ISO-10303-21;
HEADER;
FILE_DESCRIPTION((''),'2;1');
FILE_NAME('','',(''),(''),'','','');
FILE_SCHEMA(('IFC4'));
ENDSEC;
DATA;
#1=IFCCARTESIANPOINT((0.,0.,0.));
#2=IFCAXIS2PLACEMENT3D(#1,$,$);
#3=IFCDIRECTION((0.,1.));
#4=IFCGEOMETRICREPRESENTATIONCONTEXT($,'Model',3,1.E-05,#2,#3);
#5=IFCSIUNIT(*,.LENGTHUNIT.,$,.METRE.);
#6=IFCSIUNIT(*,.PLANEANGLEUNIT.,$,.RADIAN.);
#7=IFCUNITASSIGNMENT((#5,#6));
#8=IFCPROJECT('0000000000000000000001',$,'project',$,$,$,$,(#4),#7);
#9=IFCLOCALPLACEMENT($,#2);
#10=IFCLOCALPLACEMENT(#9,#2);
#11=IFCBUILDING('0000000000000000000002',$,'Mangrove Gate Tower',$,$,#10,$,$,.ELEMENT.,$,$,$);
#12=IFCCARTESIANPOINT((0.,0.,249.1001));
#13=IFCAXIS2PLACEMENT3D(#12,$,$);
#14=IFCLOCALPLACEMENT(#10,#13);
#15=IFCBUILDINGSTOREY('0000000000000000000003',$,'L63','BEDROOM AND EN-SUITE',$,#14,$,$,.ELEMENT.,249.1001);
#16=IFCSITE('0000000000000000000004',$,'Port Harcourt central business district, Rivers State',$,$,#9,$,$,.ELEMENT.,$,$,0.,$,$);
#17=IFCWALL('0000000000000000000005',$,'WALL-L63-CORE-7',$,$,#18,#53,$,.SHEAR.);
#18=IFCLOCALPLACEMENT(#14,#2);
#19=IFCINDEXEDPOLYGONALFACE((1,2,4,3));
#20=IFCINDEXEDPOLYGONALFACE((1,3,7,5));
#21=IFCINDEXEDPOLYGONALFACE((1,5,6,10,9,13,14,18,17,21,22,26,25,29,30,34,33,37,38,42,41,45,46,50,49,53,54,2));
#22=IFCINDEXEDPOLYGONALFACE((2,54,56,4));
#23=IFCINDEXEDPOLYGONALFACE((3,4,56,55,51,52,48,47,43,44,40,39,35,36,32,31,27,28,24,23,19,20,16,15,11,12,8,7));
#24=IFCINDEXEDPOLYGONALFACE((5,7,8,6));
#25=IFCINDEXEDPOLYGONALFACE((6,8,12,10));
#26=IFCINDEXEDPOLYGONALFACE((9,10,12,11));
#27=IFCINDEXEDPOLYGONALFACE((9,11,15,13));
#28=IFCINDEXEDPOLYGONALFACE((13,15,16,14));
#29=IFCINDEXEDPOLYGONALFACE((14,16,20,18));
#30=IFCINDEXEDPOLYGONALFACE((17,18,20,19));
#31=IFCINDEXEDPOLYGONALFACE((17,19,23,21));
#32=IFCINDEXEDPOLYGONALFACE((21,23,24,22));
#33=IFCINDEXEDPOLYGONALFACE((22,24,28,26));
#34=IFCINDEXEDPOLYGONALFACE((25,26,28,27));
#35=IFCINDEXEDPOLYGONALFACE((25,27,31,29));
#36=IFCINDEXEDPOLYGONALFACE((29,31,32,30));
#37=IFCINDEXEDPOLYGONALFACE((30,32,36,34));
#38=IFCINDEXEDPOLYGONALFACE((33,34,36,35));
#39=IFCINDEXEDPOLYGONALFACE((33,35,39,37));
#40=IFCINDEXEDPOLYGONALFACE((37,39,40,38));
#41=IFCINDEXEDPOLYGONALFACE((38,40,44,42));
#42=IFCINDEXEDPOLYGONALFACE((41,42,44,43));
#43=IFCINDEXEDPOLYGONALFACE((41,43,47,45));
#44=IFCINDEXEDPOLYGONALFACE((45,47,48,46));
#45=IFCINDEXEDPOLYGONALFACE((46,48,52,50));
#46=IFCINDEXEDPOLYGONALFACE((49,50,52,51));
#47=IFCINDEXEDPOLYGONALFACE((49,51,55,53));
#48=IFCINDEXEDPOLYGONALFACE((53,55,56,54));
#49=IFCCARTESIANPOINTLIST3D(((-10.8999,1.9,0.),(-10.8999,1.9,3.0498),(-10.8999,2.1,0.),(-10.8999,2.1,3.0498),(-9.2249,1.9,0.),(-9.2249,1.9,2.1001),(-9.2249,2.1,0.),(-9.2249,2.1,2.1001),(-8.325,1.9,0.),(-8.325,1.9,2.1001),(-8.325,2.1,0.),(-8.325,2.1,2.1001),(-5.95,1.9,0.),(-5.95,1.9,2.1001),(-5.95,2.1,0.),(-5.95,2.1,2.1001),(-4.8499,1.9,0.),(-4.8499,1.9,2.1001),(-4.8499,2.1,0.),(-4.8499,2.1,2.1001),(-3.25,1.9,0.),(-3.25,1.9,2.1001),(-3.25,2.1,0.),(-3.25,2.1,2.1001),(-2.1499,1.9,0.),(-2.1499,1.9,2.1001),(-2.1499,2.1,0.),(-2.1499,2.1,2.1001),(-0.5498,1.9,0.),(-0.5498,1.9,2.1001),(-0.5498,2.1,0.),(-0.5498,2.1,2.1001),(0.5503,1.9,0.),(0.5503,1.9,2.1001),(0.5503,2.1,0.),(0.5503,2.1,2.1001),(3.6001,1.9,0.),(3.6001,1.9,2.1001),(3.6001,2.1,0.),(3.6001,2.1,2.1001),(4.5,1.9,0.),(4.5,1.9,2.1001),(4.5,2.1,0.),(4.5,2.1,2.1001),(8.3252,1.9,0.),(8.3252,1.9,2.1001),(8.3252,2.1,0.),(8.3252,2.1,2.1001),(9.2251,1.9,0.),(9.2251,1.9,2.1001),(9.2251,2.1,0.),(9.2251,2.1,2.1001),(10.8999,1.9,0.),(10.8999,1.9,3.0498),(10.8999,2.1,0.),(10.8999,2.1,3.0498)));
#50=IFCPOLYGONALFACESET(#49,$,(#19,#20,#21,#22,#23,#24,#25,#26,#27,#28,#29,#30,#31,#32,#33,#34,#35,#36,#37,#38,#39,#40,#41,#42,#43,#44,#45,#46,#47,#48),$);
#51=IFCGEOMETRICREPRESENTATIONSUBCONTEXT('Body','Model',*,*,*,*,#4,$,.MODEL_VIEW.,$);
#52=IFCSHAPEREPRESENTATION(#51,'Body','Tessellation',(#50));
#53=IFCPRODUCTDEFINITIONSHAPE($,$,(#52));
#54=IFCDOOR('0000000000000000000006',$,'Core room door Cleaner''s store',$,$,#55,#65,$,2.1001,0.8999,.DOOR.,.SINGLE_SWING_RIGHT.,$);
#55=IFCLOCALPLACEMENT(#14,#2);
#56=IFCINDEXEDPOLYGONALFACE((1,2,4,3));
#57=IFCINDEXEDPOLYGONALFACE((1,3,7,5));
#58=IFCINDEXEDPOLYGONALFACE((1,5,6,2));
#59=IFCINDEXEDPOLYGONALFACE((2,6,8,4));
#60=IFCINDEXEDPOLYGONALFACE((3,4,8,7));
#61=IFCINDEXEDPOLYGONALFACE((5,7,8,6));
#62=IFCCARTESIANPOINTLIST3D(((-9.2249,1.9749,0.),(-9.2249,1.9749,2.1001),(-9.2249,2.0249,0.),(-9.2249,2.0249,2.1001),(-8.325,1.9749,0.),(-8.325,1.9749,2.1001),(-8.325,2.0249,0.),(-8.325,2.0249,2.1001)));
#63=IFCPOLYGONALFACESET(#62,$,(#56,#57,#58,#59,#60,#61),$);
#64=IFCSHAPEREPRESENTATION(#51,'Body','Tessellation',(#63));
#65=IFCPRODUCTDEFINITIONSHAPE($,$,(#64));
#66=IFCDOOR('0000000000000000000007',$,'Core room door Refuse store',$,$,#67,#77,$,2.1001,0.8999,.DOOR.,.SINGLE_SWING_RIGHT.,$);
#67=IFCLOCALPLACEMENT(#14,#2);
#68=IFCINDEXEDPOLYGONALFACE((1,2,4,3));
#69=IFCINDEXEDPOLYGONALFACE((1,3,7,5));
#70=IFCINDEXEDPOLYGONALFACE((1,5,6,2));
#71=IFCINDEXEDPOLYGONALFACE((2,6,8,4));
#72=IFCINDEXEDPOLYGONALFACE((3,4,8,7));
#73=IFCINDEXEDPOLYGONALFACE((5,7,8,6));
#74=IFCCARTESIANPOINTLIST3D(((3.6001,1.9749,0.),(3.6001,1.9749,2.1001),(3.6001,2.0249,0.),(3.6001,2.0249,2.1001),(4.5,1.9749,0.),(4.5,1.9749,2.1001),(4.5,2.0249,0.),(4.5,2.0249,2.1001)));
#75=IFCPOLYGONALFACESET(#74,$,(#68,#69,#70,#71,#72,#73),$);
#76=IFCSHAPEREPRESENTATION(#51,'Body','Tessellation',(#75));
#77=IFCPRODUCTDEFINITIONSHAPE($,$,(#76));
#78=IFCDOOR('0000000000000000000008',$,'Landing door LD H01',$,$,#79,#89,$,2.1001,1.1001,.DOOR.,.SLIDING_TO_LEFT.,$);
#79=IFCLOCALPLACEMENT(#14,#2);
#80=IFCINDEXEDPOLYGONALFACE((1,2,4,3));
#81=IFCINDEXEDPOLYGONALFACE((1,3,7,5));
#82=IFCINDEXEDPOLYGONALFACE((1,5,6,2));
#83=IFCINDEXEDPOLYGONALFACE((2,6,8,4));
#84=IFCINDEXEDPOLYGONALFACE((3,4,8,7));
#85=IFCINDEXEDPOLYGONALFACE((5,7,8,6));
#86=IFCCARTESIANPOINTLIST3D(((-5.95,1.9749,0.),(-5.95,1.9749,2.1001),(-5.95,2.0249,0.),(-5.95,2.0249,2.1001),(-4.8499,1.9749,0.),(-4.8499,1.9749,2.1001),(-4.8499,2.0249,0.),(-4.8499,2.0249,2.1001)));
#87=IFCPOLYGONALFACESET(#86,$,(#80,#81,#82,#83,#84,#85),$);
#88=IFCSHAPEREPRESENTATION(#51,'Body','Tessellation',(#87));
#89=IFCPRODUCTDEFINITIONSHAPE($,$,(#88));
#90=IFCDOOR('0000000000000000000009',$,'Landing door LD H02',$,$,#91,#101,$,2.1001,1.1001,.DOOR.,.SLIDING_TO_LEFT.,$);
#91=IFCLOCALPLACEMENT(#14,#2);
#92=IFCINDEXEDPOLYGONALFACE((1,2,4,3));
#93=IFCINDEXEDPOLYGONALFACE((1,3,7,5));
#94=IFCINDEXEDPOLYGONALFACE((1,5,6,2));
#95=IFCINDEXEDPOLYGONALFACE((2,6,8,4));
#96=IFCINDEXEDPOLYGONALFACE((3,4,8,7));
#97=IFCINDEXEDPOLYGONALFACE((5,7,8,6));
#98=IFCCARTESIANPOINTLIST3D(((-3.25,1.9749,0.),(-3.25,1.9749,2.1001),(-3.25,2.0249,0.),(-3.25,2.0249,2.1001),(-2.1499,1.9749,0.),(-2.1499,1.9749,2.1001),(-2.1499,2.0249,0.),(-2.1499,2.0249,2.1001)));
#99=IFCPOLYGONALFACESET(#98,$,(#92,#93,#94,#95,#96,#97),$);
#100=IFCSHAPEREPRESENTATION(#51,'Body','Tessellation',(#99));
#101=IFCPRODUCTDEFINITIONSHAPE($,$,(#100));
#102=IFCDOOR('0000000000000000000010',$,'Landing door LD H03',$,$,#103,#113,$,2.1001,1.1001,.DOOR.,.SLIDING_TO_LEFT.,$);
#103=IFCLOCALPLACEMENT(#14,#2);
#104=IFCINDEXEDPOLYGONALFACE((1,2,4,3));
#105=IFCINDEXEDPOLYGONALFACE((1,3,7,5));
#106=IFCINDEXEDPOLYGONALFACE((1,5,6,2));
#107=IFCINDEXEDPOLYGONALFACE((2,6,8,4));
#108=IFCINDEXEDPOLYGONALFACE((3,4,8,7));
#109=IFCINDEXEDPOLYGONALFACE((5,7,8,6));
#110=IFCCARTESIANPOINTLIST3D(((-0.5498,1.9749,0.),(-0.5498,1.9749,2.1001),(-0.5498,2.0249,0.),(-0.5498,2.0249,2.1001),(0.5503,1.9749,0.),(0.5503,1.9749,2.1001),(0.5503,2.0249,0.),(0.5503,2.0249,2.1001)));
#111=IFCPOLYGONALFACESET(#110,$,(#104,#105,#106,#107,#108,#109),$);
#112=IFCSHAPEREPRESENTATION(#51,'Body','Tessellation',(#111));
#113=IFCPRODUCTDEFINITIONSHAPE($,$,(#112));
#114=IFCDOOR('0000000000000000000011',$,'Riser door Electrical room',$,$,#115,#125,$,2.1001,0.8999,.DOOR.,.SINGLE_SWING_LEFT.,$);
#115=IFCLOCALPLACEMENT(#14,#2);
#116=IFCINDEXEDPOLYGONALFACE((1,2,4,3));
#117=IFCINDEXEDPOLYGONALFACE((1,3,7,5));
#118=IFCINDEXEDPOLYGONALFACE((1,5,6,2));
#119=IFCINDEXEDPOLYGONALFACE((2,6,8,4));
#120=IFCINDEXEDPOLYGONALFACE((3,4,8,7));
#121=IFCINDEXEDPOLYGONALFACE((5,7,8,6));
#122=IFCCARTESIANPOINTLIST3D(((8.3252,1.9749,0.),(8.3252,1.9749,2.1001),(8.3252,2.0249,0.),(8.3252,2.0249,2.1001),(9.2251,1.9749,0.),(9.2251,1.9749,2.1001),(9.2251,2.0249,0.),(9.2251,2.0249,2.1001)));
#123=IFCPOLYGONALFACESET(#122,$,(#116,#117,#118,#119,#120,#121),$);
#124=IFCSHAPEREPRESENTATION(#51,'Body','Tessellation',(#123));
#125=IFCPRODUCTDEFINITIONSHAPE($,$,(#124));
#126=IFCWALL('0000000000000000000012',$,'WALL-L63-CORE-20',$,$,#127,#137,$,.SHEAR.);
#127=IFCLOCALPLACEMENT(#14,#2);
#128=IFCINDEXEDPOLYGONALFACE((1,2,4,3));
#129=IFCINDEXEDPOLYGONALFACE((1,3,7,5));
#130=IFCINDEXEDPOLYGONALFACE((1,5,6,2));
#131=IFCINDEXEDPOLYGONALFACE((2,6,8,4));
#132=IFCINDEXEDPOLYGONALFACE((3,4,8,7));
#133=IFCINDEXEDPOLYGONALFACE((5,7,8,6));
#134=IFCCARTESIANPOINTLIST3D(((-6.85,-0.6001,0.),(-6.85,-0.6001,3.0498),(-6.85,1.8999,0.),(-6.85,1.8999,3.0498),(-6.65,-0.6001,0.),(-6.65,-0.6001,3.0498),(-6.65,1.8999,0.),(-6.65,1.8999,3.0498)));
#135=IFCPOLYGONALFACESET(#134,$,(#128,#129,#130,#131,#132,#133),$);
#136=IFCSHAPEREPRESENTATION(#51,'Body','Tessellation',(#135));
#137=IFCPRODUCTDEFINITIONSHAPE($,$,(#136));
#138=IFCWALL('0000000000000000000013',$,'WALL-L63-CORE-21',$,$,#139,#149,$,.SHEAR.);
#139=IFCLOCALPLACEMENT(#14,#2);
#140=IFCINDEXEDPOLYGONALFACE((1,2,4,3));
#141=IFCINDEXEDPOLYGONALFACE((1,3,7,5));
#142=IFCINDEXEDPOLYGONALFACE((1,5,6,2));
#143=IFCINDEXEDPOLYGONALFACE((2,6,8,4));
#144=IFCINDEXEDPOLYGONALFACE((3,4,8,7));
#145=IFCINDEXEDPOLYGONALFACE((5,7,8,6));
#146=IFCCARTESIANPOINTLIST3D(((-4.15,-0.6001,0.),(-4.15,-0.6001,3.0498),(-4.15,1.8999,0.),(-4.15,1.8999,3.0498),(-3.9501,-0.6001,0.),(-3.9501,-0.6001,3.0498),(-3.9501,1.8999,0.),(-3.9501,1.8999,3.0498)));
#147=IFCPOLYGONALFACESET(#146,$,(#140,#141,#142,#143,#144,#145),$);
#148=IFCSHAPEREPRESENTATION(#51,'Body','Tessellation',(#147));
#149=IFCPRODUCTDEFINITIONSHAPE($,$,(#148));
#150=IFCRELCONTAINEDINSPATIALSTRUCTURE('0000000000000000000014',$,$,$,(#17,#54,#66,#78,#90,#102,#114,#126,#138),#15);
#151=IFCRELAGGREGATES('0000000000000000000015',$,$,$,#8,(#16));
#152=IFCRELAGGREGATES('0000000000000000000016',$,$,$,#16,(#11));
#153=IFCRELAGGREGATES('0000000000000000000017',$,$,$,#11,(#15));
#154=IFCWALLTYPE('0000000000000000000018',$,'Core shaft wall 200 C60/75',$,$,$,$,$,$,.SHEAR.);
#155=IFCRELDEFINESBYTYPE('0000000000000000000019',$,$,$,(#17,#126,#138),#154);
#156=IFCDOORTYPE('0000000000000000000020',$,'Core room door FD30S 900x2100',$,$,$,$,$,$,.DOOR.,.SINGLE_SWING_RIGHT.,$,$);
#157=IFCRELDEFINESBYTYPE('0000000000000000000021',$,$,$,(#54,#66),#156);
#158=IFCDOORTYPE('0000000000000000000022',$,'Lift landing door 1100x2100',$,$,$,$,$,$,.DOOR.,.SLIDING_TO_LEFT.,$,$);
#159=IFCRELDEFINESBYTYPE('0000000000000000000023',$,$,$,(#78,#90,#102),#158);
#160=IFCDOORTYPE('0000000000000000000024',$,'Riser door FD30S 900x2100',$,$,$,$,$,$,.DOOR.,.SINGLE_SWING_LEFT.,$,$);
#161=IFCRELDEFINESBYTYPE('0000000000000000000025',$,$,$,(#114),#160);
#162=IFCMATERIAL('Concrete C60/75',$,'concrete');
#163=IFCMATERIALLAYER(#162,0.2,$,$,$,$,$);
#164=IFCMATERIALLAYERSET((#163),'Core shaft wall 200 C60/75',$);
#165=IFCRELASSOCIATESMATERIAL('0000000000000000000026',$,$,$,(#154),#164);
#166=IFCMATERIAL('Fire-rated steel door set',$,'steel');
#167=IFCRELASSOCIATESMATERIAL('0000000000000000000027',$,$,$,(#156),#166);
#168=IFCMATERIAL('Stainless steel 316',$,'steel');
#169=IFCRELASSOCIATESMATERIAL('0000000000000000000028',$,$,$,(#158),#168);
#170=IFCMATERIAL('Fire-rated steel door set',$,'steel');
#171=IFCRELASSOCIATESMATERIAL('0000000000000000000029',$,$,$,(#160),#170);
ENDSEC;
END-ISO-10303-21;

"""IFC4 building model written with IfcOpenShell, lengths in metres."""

from ifc_helpers import new_model, si_unit, direction, frame, frame_2d, origin, place, context, subcontext, project, spatial, rectangle, extrude, material, layer, layer_set, type_object, element, fill, save


model = new_model("IFC4")

# Units and contexts
model_context = context("Model", 3, precision=1e-05, world=origin(), true_north=direction((0.0, 1.0)))
body_context = subcontext(model_context, "Body", "Model", "MODEL_VIEW")
ifc_project = project(units=[si_unit("LENGTHUNIT", "METRE"), si_unit("PLANEANGLEUNIT", "RADIAN")], contexts=[model_context])

# Site, building, storey
site_placement = place(None, origin())
site = spatial("IfcSite", under=ifc_project, at=site_placement, Name="Port Harcourt central business district, Rivers State", CompositionType="ELEMENT", RefElevation=0.0)
building_placement = place(site_placement, origin())
building = spatial("IfcBuilding", under=site, at=building_placement, Name="Mangrove Gate Tower", CompositionType="ELEMENT")
storey_placement = place(building_placement, frame((0.0, 0.0, 249.1001)))
storey = spatial("IfcBuildingStorey", under=building, at=storey_placement, Name="L63", Description="BEDROOM AND EN-SUITE", CompositionType="ELEMENT", Elevation=249.1001)

# Shared definitions
ifc_material_1 = material(Name="Concrete C60/75", Category="concrete")
ifc_layer_1 = layer(ifc_material_1, 0.2)
ifc_layer_set_1 = layer_set([ifc_layer_1], Name="Core shaft wall 200 C60/75")
wall_type_1 = type_object("IfcWallType", Name="Core shaft wall 200 C60/75", PredefinedType="SHEAR", material=ifc_layer_set_1)

# Wall, openings, doors
wall_1_placement = place(storey_placement, frame((-10.8999, 2.0, 0.0), z_axis=(0.0, 0.0, 1.0), x_axis=(1.0, 0.0, 0.0)))
wall_1 = element("IfcWall", 1, at=wall_1_placement, inside=storey, type_object=wall_type_1, Name="WALL-L63-CORE-7", PredefinedType="SHEAR", context=body_context, shape_type="SweptSolid", body=[
    extrude(rectangle(XDim=21.7998, YDim=0.2, at=frame_2d((10.8999, 0.0))), origin(), (0.0, 0.0, 1.0), 3.0498),
])
opening_1_placement = place(wall_1_placement, frame((4.95, 0.0, 0.0)))
opening_1 = element("IfcOpeningElement", 2, at=opening_1_placement, cuts=wall_1, PredefinedType="OPENING", context=body_context, shape_type="SweptSolid", body=[
    extrude(rectangle(XDim=1.1001, YDim=2.1001, at=frame_2d((0.55, 1.05))), frame((0.0, 0.1099, 0.0), z_axis=(0.0, -1.0, 0.0), x_axis=(1.0, 0.0, 0.0)), (0.0, 0.0, 1.0), 0.22),
])
opening_2_placement = place(wall_1_placement, frame((7.6499, 0.0, 0.0)))
opening_2 = element("IfcOpeningElement", 3, at=opening_2_placement, cuts=wall_1, PredefinedType="OPENING", context=body_context, shape_type="SweptSolid", body=[
    extrude(rectangle(XDim=1.1001, YDim=2.1001, at=frame_2d((0.55, 1.05))), frame((0.0, 0.1099, 0.0), z_axis=(0.0, -1.0, 0.0), x_axis=(1.0, 0.0, 0.0)), (0.0, 0.0, 1.0), 0.22),
])
opening_3_placement = place(wall_1_placement, frame((10.3501, 0.0, 0.0)))
opening_3 = element("IfcOpeningElement", 4, at=opening_3_placement, cuts=wall_1, PredefinedType="OPENING", context=body_context, shape_type="SweptSolid", body=[
    extrude(rectangle(XDim=1.1001, YDim=2.1001, at=frame_2d((0.55, 1.05))), frame((0.0, 0.1099, 0.0), z_axis=(0.0, -1.0, 0.0), x_axis=(1.0, 0.0, 0.0)), (0.0, 0.0, 1.0), 0.22),
])
opening_4_placement = place(wall_1_placement, frame((1.675, 0.0, 0.0)))
opening_4 = element("IfcOpeningElement", 5, at=opening_4_placement, cuts=wall_1, PredefinedType="OPENING", context=body_context, shape_type="SweptSolid", body=[
    extrude(rectangle(XDim=0.8999, YDim=2.1001, at=frame_2d((0.45, 1.05))), frame((0.0, 0.1099, 0.0), z_axis=(0.0, -1.0, 0.0), x_axis=(1.0, 0.0, 0.0)), (0.0, 0.0, 1.0), 0.22),
])
opening_5_placement = place(wall_1_placement, frame((14.5, 0.0, 0.0)))
opening_5 = element("IfcOpeningElement", 6, at=opening_5_placement, cuts=wall_1, PredefinedType="OPENING", context=body_context, shape_type="SweptSolid", body=[
    extrude(rectangle(XDim=0.8999, YDim=2.1001, at=frame_2d((0.45, 1.05))), frame((0.0, 0.1099, 0.0), z_axis=(0.0, -1.0, 0.0), x_axis=(1.0, 0.0, 0.0)), (0.0, 0.0, 1.0), 0.22),
])
opening_6_placement = place(wall_1_placement, frame((19.2251, 0.0, 0.0)))
opening_6 = element("IfcOpeningElement", 7, at=opening_6_placement, cuts=wall_1, PredefinedType="OPENING", context=body_context, shape_type="SweptSolid", body=[
    extrude(rectangle(XDim=0.8999, YDim=2.1001, at=frame_2d((0.45, 1.05))), frame((0.0, 0.1099, 0.0), z_axis=(0.0, -1.0, 0.0), x_axis=(1.0, 0.0, 0.0)), (0.0, 0.0, 1.0), 0.22),
])
ifc_material_2 = material(Name="Fire-rated steel door set", Category="steel")
door_type_1 = type_object("IfcDoorType", Name="Core room door FD30S 900x2100", OperationType="SINGLE_SWING_RIGHT", PredefinedType="DOOR", material=ifc_material_2)
door_1_placement = place(opening_4_placement, origin())
door_1 = element("IfcDoor", 8, at=door_1_placement, inside=storey, type_object=door_type_1, Name="Core room door Cleaner's store", OperationType="SINGLE_SWING_RIGHT", OverallHeight=2.1001, OverallWidth=0.8999, PredefinedType="DOOR", context=body_context, shape_type="SweptSolid", body=[
    extrude(rectangle(XDim=0.8999, YDim=2.1001, at=frame_2d((0.45, 1.05))), frame((0.0, 0.0249, 0.0), z_axis=(0.0, -1.0, 0.0), x_axis=(1.0, 0.0, 0.0)), (0.0, 0.0, 1.0), 0.05),
])
fill(opening_4, door_1)
door_2_placement = place(opening_5_placement, origin())
door_2 = element("IfcDoor", 9, at=door_2_placement, inside=storey, type_object=door_type_1, Name="Core room door Refuse store", OperationType="SINGLE_SWING_RIGHT", OverallHeight=2.1001, OverallWidth=0.8999, PredefinedType="DOOR", context=body_context, shape_type="SweptSolid", body=[
    extrude(rectangle(XDim=0.8999, YDim=2.1001, at=frame_2d((0.45, 1.05))), frame((0.0, 0.0249, 0.0), z_axis=(0.0, -1.0, 0.0), x_axis=(1.0, 0.0, 0.0)), (0.0, 0.0, 1.0), 0.05),
])
fill(opening_5, door_2)
ifc_material_3 = material(Name="Stainless steel 316", Category="steel")
door_type_2 = type_object("IfcDoorType", Name="Lift landing door 1100x2100", OperationType="SLIDING_TO_LEFT", PredefinedType="DOOR", material=ifc_material_3)
door_3_placement = place(opening_1_placement, origin())
door_3 = element("IfcDoor", 10, at=door_3_placement, inside=storey, type_object=door_type_2, Name="Landing door LD H01", OperationType="SLIDING_TO_LEFT", OverallHeight=2.1001, OverallWidth=1.1001, PredefinedType="DOOR", context=body_context, shape_type="SweptSolid", body=[
    extrude(rectangle(XDim=1.1001, YDim=2.1001, at=frame_2d((0.55, 1.05))), frame((0.0, 0.0249, 0.0), z_axis=(0.0, -1.0, 0.0), x_axis=(1.0, 0.0, 0.0)), (0.0, 0.0, 1.0), 0.05),
])
fill(opening_1, door_3)
door_4_placement = place(opening_2_placement, origin())
door_4 = element("IfcDoor", 11, at=door_4_placement, inside=storey, type_object=door_type_2, Name="Landing door LD H02", OperationType="SLIDING_TO_LEFT", OverallHeight=2.1001, OverallWidth=1.1001, PredefinedType="DOOR", context=body_context, shape_type="SweptSolid", body=[
    extrude(rectangle(XDim=1.1001, YDim=2.1001, at=frame_2d((0.55, 1.05))), frame((0.0, 0.0249, 0.0), z_axis=(0.0, -1.0, 0.0), x_axis=(1.0, 0.0, 0.0)), (0.0, 0.0, 1.0), 0.05),
])
fill(opening_2, door_4)
door_5_placement = place(opening_3_placement, origin())
door_5 = element("IfcDoor", 12, at=door_5_placement, inside=storey, type_object=door_type_2, Name="Landing door LD H03", OperationType="SLIDING_TO_LEFT", OverallHeight=2.1001, OverallWidth=1.1001, PredefinedType="DOOR", context=body_context, shape_type="SweptSolid", body=[
    extrude(rectangle(XDim=1.1001, YDim=2.1001, at=frame_2d((0.55, 1.05))), frame((0.0, 0.0249, 0.0), z_axis=(0.0, -1.0, 0.0), x_axis=(1.0, 0.0, 0.0)), (0.0, 0.0, 1.0), 0.05),
])
fill(opening_3, door_5)
ifc_material_4 = material(Name="Fire-rated steel door set", Category="steel")
door_type_3 = type_object("IfcDoorType", Name="Riser door FD30S 900x2100", OperationType="SINGLE_SWING_LEFT", PredefinedType="DOOR", material=ifc_material_4)
door_6_placement = place(opening_6_placement, origin())
door_6 = element("IfcDoor", 13, at=door_6_placement, inside=storey, type_object=door_type_3, Name="Riser door Electrical room", OperationType="SINGLE_SWING_LEFT", OverallHeight=2.1001, OverallWidth=0.8999, PredefinedType="DOOR", context=body_context, shape_type="SweptSolid", body=[
    extrude(rectangle(XDim=0.8999, YDim=2.1001, at=frame_2d((0.45, 1.05))), frame((0.0, 0.0249, 0.0), z_axis=(0.0, -1.0, 0.0), x_axis=(1.0, 0.0, 0.0)), (0.0, 0.0, 1.0), 0.05),
])
fill(opening_6, door_6)

# Walls
for number, where, z_axis, x_axis, name in (
    (14, (-6.75, -0.6001, 0.0), (0.0, 0.0, 1.0), (0.0, 1.0, 0.0), "WALL-L63-CORE-20"),
    (15, (-4.05, -0.6001, 0.0), (0.0, 0.0, 1.0), (0.0, 1.0, 0.0), "WALL-L63-CORE-21"),
):
    element("IfcWall", number, at=place(storey_placement, frame(where, z_axis=z_axis, x_axis=x_axis)), inside=storey, type_object=wall_type_1, Name=name, PredefinedType="SHEAR", context=body_context, shape_type="SweptSolid", body=[
        extrude(rectangle(XDim=2.5, YDim=0.2, at=frame_2d((1.25, 0.0))), origin(), (0.0, 0.0, 1.0), 3.0498),
    ])

save(model, "model.ifc")
